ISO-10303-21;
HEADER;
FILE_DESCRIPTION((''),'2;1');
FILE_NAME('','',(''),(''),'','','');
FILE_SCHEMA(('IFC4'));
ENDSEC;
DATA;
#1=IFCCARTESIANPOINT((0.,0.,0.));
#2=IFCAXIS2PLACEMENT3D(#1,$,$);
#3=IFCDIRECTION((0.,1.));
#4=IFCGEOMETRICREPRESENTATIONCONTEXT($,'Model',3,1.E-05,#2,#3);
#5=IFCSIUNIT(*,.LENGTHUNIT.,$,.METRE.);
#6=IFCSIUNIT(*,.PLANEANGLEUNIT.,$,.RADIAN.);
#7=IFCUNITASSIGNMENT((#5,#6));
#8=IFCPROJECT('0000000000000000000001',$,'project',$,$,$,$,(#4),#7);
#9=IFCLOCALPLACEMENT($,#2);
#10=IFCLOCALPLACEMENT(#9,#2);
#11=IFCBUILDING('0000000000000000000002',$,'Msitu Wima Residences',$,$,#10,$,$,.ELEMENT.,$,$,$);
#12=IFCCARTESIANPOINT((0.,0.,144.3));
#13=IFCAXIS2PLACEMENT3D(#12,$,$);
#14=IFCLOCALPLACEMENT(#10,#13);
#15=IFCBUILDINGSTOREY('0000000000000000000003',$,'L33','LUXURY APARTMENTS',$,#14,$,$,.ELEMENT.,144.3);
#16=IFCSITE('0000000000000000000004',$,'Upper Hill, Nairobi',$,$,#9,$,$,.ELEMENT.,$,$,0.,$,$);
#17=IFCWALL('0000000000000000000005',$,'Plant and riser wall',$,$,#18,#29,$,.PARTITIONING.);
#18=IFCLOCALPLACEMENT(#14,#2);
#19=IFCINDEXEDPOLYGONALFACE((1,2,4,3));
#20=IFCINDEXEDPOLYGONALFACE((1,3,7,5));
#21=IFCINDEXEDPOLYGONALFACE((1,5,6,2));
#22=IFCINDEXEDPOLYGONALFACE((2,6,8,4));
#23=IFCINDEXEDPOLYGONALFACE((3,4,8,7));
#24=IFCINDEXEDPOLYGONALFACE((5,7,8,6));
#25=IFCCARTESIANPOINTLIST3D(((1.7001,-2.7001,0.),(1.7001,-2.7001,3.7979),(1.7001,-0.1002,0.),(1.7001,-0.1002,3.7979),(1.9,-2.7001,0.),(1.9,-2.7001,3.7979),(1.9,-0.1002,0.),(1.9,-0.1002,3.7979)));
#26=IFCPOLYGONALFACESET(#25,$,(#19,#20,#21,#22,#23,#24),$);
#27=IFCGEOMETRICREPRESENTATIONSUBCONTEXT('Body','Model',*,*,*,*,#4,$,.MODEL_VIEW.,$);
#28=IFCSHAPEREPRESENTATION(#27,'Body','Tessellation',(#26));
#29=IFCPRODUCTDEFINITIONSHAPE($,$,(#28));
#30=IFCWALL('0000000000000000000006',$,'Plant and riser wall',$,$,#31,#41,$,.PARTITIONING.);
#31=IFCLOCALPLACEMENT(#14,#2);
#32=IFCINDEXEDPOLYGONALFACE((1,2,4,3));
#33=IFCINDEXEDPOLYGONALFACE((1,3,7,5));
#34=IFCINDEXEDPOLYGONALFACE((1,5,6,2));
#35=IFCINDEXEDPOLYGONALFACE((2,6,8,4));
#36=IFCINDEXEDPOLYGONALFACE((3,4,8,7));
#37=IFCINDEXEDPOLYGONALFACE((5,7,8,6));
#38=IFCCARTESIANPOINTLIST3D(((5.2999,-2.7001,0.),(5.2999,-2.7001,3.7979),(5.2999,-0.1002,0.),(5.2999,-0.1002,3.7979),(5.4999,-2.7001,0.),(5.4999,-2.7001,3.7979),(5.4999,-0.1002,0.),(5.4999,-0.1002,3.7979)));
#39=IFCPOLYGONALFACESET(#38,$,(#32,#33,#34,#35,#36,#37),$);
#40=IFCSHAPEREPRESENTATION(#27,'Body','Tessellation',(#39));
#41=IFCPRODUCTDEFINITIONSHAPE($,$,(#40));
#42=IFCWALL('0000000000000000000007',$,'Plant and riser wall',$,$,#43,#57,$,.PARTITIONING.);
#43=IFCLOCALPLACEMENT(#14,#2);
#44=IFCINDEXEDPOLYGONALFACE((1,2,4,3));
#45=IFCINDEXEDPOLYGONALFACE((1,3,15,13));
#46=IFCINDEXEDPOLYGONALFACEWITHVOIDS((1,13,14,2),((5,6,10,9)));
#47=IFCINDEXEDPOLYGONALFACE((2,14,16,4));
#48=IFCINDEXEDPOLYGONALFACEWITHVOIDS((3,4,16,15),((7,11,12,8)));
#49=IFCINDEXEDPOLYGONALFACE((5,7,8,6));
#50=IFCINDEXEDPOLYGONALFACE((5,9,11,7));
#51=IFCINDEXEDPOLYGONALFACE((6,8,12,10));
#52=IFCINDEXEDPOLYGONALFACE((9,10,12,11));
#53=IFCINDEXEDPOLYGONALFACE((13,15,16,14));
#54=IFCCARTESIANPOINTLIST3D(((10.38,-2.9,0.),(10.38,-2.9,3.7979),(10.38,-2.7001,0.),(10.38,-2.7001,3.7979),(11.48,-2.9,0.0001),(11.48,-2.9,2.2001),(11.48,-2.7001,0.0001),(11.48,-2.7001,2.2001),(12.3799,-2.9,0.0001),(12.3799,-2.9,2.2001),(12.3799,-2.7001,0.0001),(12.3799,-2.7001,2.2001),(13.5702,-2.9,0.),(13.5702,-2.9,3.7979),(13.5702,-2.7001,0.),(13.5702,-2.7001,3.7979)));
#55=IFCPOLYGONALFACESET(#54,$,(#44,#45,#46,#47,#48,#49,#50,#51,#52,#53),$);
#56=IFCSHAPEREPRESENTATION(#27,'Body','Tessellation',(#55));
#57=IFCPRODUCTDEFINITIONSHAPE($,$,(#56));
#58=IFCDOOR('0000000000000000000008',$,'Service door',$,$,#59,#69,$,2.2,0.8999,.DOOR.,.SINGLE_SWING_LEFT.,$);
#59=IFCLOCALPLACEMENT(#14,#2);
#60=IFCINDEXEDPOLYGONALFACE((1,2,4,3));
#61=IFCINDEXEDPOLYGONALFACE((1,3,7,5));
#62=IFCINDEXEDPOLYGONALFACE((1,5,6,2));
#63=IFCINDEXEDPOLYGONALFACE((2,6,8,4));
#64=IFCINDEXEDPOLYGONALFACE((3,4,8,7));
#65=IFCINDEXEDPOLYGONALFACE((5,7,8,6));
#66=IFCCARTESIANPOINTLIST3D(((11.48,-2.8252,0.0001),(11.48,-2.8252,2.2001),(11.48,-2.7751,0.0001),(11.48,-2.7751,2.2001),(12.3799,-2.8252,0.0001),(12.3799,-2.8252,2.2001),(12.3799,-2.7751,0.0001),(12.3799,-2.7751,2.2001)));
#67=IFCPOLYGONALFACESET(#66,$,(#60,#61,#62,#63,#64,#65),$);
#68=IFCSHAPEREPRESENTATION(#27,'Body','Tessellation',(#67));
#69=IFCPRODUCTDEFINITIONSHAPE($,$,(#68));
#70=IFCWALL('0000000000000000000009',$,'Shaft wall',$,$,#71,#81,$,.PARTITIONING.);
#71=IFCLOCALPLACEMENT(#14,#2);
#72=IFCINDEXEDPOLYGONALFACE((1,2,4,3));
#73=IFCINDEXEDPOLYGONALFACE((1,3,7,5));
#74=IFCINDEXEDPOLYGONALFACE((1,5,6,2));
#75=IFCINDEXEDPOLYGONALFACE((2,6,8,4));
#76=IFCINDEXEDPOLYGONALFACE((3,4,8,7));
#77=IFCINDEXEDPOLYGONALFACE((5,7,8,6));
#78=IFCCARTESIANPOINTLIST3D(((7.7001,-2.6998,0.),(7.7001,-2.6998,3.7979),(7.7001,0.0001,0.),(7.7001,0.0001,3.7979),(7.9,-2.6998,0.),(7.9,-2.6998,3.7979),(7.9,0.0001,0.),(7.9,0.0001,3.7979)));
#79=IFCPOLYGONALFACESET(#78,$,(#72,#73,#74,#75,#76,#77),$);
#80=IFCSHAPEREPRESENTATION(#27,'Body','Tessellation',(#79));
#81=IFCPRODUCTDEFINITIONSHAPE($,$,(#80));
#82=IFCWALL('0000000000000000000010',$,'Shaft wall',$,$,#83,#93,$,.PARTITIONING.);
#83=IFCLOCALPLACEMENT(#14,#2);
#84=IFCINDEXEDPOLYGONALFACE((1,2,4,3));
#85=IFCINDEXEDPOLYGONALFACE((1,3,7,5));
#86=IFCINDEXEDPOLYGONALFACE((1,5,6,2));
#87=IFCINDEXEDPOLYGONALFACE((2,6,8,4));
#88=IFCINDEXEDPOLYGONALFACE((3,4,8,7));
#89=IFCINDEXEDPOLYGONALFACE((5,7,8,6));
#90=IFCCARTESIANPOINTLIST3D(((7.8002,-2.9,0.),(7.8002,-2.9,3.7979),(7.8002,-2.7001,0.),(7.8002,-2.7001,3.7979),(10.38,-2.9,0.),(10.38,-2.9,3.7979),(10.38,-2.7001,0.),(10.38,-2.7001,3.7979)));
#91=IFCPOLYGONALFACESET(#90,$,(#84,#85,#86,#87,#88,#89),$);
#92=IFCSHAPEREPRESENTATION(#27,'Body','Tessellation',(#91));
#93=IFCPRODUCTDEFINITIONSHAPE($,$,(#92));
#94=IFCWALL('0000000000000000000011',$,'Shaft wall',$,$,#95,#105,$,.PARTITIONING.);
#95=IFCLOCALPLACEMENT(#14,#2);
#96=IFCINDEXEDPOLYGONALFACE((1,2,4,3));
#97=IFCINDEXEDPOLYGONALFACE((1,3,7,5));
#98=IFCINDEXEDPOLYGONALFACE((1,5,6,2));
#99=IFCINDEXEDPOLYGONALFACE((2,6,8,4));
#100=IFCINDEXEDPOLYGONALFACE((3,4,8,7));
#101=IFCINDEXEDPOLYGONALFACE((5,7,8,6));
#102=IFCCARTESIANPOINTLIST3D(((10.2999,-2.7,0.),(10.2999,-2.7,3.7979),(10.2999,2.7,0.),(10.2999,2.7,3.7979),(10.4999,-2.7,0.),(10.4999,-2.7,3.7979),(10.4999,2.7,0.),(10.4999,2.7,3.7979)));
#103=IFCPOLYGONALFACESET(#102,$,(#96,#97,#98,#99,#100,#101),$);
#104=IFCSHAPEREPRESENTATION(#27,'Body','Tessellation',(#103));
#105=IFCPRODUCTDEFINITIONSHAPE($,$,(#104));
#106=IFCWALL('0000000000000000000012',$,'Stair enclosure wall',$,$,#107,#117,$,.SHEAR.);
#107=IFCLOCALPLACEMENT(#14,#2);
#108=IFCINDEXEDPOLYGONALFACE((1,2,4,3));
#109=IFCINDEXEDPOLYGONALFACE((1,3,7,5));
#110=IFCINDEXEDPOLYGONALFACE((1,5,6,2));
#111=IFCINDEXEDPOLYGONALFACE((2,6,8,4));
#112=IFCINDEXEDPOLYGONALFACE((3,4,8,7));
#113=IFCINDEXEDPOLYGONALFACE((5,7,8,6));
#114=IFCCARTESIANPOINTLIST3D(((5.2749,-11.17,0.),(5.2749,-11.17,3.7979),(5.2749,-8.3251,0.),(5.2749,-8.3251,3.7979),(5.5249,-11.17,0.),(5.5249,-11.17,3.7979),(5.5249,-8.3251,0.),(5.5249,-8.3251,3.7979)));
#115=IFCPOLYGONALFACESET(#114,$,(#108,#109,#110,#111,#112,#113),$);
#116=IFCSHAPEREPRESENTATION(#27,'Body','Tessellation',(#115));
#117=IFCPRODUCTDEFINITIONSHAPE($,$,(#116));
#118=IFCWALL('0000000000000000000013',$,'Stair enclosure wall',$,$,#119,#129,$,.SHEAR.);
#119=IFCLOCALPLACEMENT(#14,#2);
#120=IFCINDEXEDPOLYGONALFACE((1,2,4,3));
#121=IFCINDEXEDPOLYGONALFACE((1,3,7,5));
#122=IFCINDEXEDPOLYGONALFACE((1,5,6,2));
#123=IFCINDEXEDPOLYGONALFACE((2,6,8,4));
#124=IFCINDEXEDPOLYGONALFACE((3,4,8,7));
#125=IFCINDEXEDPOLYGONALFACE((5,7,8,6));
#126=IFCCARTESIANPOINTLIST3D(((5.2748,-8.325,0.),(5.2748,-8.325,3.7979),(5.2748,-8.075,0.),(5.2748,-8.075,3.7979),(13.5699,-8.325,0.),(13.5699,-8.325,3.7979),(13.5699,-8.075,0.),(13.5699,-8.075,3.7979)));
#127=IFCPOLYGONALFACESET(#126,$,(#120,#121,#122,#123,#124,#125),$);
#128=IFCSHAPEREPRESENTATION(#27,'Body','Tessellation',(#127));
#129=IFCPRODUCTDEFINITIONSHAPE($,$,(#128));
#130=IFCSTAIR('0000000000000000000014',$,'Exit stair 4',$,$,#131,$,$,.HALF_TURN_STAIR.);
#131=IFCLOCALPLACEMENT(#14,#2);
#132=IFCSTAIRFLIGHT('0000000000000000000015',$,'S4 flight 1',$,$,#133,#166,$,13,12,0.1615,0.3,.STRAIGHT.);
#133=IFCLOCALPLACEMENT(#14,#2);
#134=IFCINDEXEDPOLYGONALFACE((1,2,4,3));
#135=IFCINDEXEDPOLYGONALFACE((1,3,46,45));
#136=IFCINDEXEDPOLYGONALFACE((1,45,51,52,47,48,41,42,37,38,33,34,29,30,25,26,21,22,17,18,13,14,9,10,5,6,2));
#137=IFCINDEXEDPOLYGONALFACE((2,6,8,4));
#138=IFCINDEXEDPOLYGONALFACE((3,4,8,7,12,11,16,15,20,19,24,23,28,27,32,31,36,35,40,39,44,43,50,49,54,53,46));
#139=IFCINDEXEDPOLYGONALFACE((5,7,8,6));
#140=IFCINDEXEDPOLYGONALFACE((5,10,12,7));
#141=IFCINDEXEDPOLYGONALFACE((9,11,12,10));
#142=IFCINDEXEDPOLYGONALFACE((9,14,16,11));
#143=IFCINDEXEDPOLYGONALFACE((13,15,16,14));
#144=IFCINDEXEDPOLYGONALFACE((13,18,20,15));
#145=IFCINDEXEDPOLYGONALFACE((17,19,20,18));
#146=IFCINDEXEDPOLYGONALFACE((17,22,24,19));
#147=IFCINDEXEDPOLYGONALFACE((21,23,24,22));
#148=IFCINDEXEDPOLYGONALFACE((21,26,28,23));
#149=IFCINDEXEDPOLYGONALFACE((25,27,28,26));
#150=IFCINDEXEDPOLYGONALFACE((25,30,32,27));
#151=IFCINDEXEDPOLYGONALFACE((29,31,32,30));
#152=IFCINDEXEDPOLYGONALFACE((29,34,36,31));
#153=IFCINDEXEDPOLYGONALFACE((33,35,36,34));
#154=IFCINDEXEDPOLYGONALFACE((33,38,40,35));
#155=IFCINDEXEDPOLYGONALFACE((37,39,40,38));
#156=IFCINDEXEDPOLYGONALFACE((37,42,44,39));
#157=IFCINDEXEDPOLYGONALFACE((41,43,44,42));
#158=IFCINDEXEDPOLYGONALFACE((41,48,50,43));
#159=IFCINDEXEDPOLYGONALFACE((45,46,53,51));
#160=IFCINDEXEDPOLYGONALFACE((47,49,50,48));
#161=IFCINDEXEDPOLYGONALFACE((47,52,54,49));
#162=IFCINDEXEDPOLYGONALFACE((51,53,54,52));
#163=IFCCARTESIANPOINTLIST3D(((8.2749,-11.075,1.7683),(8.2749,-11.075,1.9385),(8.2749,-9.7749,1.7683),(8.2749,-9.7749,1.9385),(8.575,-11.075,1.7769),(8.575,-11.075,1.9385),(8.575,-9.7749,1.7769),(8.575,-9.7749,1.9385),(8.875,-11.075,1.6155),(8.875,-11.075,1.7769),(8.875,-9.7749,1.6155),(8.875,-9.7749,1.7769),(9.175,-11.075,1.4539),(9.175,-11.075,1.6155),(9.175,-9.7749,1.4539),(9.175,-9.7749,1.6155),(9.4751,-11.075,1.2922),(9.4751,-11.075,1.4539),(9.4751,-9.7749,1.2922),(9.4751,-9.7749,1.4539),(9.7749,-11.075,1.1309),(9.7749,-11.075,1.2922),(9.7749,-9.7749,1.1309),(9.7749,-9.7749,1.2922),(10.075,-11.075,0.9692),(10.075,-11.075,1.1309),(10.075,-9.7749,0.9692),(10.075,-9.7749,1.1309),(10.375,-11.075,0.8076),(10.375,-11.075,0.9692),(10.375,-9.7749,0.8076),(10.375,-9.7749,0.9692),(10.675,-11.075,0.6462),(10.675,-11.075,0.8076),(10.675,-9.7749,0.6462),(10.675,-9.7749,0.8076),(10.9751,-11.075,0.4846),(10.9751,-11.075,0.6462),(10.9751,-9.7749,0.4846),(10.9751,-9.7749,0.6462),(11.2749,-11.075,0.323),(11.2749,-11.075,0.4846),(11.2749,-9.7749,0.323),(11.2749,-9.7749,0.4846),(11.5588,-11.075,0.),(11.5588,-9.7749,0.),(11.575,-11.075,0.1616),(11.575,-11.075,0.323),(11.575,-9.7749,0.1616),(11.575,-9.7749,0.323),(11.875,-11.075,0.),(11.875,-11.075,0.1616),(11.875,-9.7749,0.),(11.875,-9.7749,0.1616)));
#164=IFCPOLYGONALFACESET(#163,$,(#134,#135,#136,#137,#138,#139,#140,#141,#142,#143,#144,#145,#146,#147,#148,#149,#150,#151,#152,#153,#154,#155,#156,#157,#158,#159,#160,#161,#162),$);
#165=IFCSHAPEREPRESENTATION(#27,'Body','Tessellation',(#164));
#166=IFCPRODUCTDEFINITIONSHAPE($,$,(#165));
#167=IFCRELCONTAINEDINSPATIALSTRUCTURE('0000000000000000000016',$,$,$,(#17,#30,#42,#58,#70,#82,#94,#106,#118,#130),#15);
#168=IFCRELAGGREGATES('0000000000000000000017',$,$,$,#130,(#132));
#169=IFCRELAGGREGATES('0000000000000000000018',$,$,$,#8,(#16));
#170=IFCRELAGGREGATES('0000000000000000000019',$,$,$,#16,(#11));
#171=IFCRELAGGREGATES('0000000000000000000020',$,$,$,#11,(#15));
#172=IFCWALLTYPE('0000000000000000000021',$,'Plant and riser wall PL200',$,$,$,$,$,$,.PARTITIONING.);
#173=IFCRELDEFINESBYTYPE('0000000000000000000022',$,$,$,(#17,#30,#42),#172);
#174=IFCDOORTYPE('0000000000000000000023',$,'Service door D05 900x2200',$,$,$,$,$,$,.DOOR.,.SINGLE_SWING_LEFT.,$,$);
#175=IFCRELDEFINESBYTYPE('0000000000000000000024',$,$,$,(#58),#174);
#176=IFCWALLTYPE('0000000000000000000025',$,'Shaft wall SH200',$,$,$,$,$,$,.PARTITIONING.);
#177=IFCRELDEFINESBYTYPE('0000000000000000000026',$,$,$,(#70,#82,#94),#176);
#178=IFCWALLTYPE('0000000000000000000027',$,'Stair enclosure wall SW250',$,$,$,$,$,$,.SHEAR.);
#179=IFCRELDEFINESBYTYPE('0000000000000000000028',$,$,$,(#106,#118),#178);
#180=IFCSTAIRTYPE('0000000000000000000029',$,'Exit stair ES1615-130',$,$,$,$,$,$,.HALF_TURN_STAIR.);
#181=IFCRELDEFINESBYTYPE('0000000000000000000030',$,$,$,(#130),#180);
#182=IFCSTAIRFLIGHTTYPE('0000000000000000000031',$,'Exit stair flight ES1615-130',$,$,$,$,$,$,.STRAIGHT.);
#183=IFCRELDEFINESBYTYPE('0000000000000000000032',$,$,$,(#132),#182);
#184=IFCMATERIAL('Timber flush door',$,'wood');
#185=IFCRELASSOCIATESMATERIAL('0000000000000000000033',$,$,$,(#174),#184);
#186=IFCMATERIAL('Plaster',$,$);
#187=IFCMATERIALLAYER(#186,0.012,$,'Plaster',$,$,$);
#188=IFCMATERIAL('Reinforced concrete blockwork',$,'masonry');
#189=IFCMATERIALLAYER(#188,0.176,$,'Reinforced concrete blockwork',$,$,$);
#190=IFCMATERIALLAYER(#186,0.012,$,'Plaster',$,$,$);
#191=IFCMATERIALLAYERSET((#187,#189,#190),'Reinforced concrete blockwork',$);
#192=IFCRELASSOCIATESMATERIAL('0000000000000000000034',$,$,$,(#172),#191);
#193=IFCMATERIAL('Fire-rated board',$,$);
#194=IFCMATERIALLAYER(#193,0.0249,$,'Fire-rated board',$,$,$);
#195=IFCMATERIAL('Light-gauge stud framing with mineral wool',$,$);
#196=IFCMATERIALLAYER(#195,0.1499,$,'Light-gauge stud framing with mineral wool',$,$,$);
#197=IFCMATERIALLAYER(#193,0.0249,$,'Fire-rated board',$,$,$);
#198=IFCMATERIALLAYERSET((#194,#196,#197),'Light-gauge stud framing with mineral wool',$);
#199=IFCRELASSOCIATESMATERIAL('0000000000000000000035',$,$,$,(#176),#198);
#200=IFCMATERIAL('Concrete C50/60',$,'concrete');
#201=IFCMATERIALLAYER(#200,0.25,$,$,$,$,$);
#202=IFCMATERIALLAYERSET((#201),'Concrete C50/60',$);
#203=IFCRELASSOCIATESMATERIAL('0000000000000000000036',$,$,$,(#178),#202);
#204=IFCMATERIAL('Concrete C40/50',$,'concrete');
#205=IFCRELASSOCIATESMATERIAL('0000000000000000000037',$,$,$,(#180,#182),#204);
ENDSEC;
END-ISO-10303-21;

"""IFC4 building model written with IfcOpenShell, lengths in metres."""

from ifc_helpers import new_model, si_unit, direction, frame, frame_2d, origin, place, context, subcontext, project, spatial, polyline, rectangle, outline, extrude, material, layer, layer_set, type_object, element, fill, aggregate, save


model = new_model("IFC4")

# Units and contexts
model_context = context("Model", 3, precision=1e-05, world=origin(), true_north=direction((0.0, 1.0)))
body_context = subcontext(model_context, "Body", "Model", "MODEL_VIEW")
ifc_project = project(units=[si_unit("LENGTHUNIT", "METRE"), si_unit("PLANEANGLEUNIT", "RADIAN")], contexts=[model_context])

# Site, building, storey
site_placement = place(None, origin())
site = spatial("IfcSite", under=ifc_project, at=site_placement, Name="Upper Hill, Nairobi", CompositionType="ELEMENT", RefElevation=0.0)
building_placement = place(site_placement, origin())
building = spatial("IfcBuilding", under=site, at=building_placement, Name="Msitu Wima Residences", CompositionType="ELEMENT")
storey_placement = place(building_placement, frame((0.0, 0.0, 144.3)))
storey = spatial("IfcBuildingStorey", under=building, at=storey_placement, Name="L33", Description="LUXURY APARTMENTS", CompositionType="ELEMENT", Elevation=144.3)

# Shared definitions
ifc_material_1 = material(Name="Concrete C40/50", Category="concrete")

# Shared definitions
ifc_material_2 = material(Name="Plaster")
ifc_material_3 = material(Name="Timber flush door", Category="wood")
door_type = type_object("IfcDoorType", Name="Service door D05 900x2200", OperationType="SINGLE_SWING_LEFT", PredefinedType="DOOR", material=ifc_material_3)
ifc_layer_1 = layer(ifc_material_2, 0.012, Name="Plaster")
ifc_material_4 = material(Name="Reinforced concrete blockwork", Category="masonry")
ifc_layer_2 = layer(ifc_material_4, 0.176, Name="Reinforced concrete blockwork")
ifc_layer_3 = layer(ifc_material_2, 0.012, Name="Plaster")
ifc_layer_set_1 = layer_set([ifc_layer_1, ifc_layer_2, ifc_layer_3], Name="Reinforced concrete blockwork")
wall_type_1 = type_object("IfcWallType", Name="Plant and riser wall PL200", PredefinedType="PARTITIONING", material=ifc_layer_set_1)

# Walls
for number, where, z_axis, x_axis, name in (
    (1, (1.8, -2.7, 0.0), (0.0, 0.0, 1.0), (0.0, 1.0, 0.0), "Plant and riser wall"),
    (2, (5.3999, -2.7, 0.0), (0.0, 0.0, 1.0), (0.0, 1.0, 0.0), "Plant and riser wall"),
):
    element("IfcWall", number, at=place(storey_placement, frame(where, z_axis=z_axis, x_axis=x_axis)), inside=storey, type_object=wall_type_1, Name=name, PredefinedType="PARTITIONING", context=body_context, shape_type="SweptSolid", body=[
        extrude(rectangle(XDim=2.5999, YDim=0.2, at=frame_2d((1.2998, 0.0))), origin(), (0.0, 0.0, 1.0), 3.7979),
    ])

# Wall, opening, door
wall_1_placement = place(storey_placement, frame((10.3799, -2.8, 0.0), z_axis=(0.0, 0.0, 1.0), x_axis=(1.0, 0.0, 0.0)))
wall_1 = element("IfcWall", 3, at=wall_1_placement, inside=storey, type_object=wall_type_1, Name="Plant and riser wall", PredefinedType="PARTITIONING", context=body_context, shape_type="SweptSolid", body=[
    extrude(rectangle(XDim=3.1902, YDim=0.2, at=frame_2d((1.5952, 0.0))), origin(), (0.0, 0.0, 1.0), 3.7979),
])
opening_1_placement = place(wall_1_placement, frame((1.1001, 0.0, 0.0)))
opening_1 = element("IfcOpeningElement", 4, at=opening_1_placement, cuts=wall_1, PredefinedType="OPENING", context=body_context, shape_type="SweptSolid", body=[
    extrude(rectangle(XDim=0.8999, YDim=2.2, at=frame_2d((0.45, 1.1001))), frame((0.0, 0.1099, 0.0), z_axis=(0.0, -1.0, 0.0), x_axis=(1.0, 0.0, 0.0)), (0.0, 0.0, 1.0), 0.22),
])
door_1_placement = place(opening_1_placement, origin())
door_1 = element("IfcDoor", 5, at=door_1_placement, inside=storey, type_object=door_type, Name="Service door", OperationType="SINGLE_SWING_LEFT", OverallHeight=2.2, OverallWidth=0.8999, PredefinedType="DOOR", context=body_context, shape_type="SweptSolid", body=[
    extrude(rectangle(XDim=0.8999, YDim=2.2, at=frame_2d((0.45, 1.1001))), frame((0.0, 0.0249, 0.0), z_axis=(0.0, -1.0, 0.0), x_axis=(1.0, 0.0, 0.0)), (0.0, 0.0, 1.0), 0.05),
])
fill(opening_1, door_1)

# Walls
ifc_material_5 = material(Name="Fire-rated board")
ifc_layer_4 = layer(ifc_material_5, 0.0249, Name="Fire-rated board")
ifc_material_6 = material(Name="Light-gauge stud framing with mineral wool")
ifc_layer_5 = layer(ifc_material_6, 0.1499, Name="Light-gauge stud framing with mineral wool")
ifc_layer_6 = layer(ifc_material_5, 0.0249, Name="Fire-rated board")
ifc_layer_set_2 = layer_set([ifc_layer_4, ifc_layer_5, ifc_layer_6], Name="Light-gauge stud framing with mineral wool")
wall_type_2 = type_object("IfcWallType", Name="Shaft wall SH200", PredefinedType="PARTITIONING", material=ifc_layer_set_2)
wall_2_placement = place(storey_placement, frame((7.8, -2.7, 0.0), z_axis=(0.0, 0.0, 1.0), x_axis=(0.0, 1.0, 0.0)))
element("IfcWall", 6, at=wall_2_placement, inside=storey, type_object=wall_type_2, Name="Shaft wall", PredefinedType="PARTITIONING", context=body_context, shape_type="SweptSolid", body=[
    extrude(rectangle(XDim=2.7, YDim=0.2, at=frame_2d((1.3501, 0.0))), origin(), (0.0, 0.0, 1.0), 3.7979),
])
wall_3_placement = place(storey_placement, frame((7.8, -2.8, 0.0), z_axis=(0.0, 0.0, 1.0), x_axis=(1.0, 0.0, 0.0)))
element("IfcWall", 7, at=wall_3_placement, inside=storey, type_object=wall_type_2, Name="Shaft wall", PredefinedType="PARTITIONING", context=body_context, shape_type="SweptSolid", body=[
    extrude(rectangle(XDim=2.5798, YDim=0.2, at=frame_2d((1.29, 0.0))), origin(), (0.0, 0.0, 1.0), 3.7979),
])
wall_4_placement = place(storey_placement, frame((10.3999, -2.7, 0.0), z_axis=(0.0, 0.0, 1.0), x_axis=(0.0, 1.0, 0.0)))
element("IfcWall", 8, at=wall_4_placement, inside=storey, type_object=wall_type_2, Name="Shaft wall", PredefinedType="PARTITIONING", context=body_context, shape_type="SweptSolid", body=[
    extrude(rectangle(XDim=5.3999, YDim=0.2, at=frame_2d((2.7, 0.0))), origin(), (0.0, 0.0, 1.0), 3.7979),
])
ifc_material_7 = material(Name="Concrete C50/60", Category="concrete")
ifc_layer_7 = layer(ifc_material_7, 0.25)
ifc_layer_set_3 = layer_set([ifc_layer_7], Name="Concrete C50/60")
wall_type_3 = type_object("IfcWallType", Name="Stair enclosure wall SW250", PredefinedType="SHEAR", material=ifc_layer_set_3)
wall_5_placement = place(storey_placement, frame((5.3999, -11.1699, 0.0), z_axis=(0.0, 0.0, 1.0), x_axis=(0.0, 1.0, 0.0)))
element("IfcWall", 9, at=wall_5_placement, inside=storey, type_object=wall_type_3, Name="Stair enclosure wall", PredefinedType="SHEAR", context=body_context, shape_type="SweptSolid", body=[
    extrude(rectangle(XDim=2.845, YDim=0.25, at=frame_2d((1.4224, 0.0))), origin(), (0.0, 0.0, 1.0), 3.7979),
])
wall_6_placement = place(storey_placement, frame((5.2749, -8.2, 0.0), z_axis=(0.0, 0.0, 1.0), x_axis=(1.0, 0.0, 0.0)))
element("IfcWall", 10, at=wall_6_placement, inside=storey, type_object=wall_type_3, Name="Stair enclosure wall", PredefinedType="SHEAR", context=body_context, shape_type="SweptSolid", body=[
    extrude(rectangle(XDim=8.2952, YDim=0.25, at=frame_2d((4.1475, 0.0))), origin(), (0.0, 0.0, 1.0), 3.7979),
])

# Stair, stair flight
stair_type = type_object("IfcStairType", Name="Exit stair ES1615-130", PredefinedType="HALF_TURN_STAIR", material=ifc_material_1)
stair_placement = place(storey_placement, origin())
stair = element("IfcStair", 11, at=stair_placement, inside=storey, type_object=stair_type, Name="Exit stair 4", PredefinedType="HALF_TURN_STAIR")
stair_flight_type = type_object("IfcStairFlightType", Name="Exit stair flight ES1615-130", PredefinedType="STRAIGHT", material=ifc_material_1)
stair_flight_1_placement = place(storey_placement, frame((11.875, -10.425, 0.0), z_axis=(0.0, 0.0, 1.0), x_axis=(-1.0, 0.0, 0.0)))
stair_flight_1 = element("IfcStairFlight", 12, at=stair_flight_1_placement, type_object=stair_flight_type, Name="S4 flight 1", NumberOfRisers=13, NumberOfTreads=12, PredefinedType="STRAIGHT", RiserHeight=0.1615, TreadLength=0.3, context=body_context, shape_type="SweptSolid", body=[
    extrude(outline(polyline([(0.0, 0.0), (0.0, 0.1616), (0.3, 0.1616), (0.3, 0.323), (0.6001, 0.323), (0.6001, 0.4846), (0.8999, 0.4846), (0.8999, 0.6462), (1.2, 0.6462), (1.2, 0.8076), (1.5, 0.8076), (1.5, 0.9692), (1.8, 0.9692), (1.8, 1.1309), (2.1001, 1.1309), (2.1001, 1.2922), (2.3999, 1.2922), (2.3999, 1.4539), (2.7, 1.4539), (2.7, 1.6155), (3.0, 1.6155), (3.0, 1.7769), (3.3, 1.7769), (3.3, 1.9385), (3.6001, 1.9385), (3.6001, 2.1001), (3.6001, 1.7683), (0.3162, 0.0), (0.0, 0.0)])), frame((0.0, 0.6499, 0.0), z_axis=(0.0, -1.0, 0.0), x_axis=(1.0, 0.0, 0.0)), (0.0, 0.0, 1.0), 1.3),
])
aggregate(stair, [stair_flight_1])

save(model, "model.ifc")
